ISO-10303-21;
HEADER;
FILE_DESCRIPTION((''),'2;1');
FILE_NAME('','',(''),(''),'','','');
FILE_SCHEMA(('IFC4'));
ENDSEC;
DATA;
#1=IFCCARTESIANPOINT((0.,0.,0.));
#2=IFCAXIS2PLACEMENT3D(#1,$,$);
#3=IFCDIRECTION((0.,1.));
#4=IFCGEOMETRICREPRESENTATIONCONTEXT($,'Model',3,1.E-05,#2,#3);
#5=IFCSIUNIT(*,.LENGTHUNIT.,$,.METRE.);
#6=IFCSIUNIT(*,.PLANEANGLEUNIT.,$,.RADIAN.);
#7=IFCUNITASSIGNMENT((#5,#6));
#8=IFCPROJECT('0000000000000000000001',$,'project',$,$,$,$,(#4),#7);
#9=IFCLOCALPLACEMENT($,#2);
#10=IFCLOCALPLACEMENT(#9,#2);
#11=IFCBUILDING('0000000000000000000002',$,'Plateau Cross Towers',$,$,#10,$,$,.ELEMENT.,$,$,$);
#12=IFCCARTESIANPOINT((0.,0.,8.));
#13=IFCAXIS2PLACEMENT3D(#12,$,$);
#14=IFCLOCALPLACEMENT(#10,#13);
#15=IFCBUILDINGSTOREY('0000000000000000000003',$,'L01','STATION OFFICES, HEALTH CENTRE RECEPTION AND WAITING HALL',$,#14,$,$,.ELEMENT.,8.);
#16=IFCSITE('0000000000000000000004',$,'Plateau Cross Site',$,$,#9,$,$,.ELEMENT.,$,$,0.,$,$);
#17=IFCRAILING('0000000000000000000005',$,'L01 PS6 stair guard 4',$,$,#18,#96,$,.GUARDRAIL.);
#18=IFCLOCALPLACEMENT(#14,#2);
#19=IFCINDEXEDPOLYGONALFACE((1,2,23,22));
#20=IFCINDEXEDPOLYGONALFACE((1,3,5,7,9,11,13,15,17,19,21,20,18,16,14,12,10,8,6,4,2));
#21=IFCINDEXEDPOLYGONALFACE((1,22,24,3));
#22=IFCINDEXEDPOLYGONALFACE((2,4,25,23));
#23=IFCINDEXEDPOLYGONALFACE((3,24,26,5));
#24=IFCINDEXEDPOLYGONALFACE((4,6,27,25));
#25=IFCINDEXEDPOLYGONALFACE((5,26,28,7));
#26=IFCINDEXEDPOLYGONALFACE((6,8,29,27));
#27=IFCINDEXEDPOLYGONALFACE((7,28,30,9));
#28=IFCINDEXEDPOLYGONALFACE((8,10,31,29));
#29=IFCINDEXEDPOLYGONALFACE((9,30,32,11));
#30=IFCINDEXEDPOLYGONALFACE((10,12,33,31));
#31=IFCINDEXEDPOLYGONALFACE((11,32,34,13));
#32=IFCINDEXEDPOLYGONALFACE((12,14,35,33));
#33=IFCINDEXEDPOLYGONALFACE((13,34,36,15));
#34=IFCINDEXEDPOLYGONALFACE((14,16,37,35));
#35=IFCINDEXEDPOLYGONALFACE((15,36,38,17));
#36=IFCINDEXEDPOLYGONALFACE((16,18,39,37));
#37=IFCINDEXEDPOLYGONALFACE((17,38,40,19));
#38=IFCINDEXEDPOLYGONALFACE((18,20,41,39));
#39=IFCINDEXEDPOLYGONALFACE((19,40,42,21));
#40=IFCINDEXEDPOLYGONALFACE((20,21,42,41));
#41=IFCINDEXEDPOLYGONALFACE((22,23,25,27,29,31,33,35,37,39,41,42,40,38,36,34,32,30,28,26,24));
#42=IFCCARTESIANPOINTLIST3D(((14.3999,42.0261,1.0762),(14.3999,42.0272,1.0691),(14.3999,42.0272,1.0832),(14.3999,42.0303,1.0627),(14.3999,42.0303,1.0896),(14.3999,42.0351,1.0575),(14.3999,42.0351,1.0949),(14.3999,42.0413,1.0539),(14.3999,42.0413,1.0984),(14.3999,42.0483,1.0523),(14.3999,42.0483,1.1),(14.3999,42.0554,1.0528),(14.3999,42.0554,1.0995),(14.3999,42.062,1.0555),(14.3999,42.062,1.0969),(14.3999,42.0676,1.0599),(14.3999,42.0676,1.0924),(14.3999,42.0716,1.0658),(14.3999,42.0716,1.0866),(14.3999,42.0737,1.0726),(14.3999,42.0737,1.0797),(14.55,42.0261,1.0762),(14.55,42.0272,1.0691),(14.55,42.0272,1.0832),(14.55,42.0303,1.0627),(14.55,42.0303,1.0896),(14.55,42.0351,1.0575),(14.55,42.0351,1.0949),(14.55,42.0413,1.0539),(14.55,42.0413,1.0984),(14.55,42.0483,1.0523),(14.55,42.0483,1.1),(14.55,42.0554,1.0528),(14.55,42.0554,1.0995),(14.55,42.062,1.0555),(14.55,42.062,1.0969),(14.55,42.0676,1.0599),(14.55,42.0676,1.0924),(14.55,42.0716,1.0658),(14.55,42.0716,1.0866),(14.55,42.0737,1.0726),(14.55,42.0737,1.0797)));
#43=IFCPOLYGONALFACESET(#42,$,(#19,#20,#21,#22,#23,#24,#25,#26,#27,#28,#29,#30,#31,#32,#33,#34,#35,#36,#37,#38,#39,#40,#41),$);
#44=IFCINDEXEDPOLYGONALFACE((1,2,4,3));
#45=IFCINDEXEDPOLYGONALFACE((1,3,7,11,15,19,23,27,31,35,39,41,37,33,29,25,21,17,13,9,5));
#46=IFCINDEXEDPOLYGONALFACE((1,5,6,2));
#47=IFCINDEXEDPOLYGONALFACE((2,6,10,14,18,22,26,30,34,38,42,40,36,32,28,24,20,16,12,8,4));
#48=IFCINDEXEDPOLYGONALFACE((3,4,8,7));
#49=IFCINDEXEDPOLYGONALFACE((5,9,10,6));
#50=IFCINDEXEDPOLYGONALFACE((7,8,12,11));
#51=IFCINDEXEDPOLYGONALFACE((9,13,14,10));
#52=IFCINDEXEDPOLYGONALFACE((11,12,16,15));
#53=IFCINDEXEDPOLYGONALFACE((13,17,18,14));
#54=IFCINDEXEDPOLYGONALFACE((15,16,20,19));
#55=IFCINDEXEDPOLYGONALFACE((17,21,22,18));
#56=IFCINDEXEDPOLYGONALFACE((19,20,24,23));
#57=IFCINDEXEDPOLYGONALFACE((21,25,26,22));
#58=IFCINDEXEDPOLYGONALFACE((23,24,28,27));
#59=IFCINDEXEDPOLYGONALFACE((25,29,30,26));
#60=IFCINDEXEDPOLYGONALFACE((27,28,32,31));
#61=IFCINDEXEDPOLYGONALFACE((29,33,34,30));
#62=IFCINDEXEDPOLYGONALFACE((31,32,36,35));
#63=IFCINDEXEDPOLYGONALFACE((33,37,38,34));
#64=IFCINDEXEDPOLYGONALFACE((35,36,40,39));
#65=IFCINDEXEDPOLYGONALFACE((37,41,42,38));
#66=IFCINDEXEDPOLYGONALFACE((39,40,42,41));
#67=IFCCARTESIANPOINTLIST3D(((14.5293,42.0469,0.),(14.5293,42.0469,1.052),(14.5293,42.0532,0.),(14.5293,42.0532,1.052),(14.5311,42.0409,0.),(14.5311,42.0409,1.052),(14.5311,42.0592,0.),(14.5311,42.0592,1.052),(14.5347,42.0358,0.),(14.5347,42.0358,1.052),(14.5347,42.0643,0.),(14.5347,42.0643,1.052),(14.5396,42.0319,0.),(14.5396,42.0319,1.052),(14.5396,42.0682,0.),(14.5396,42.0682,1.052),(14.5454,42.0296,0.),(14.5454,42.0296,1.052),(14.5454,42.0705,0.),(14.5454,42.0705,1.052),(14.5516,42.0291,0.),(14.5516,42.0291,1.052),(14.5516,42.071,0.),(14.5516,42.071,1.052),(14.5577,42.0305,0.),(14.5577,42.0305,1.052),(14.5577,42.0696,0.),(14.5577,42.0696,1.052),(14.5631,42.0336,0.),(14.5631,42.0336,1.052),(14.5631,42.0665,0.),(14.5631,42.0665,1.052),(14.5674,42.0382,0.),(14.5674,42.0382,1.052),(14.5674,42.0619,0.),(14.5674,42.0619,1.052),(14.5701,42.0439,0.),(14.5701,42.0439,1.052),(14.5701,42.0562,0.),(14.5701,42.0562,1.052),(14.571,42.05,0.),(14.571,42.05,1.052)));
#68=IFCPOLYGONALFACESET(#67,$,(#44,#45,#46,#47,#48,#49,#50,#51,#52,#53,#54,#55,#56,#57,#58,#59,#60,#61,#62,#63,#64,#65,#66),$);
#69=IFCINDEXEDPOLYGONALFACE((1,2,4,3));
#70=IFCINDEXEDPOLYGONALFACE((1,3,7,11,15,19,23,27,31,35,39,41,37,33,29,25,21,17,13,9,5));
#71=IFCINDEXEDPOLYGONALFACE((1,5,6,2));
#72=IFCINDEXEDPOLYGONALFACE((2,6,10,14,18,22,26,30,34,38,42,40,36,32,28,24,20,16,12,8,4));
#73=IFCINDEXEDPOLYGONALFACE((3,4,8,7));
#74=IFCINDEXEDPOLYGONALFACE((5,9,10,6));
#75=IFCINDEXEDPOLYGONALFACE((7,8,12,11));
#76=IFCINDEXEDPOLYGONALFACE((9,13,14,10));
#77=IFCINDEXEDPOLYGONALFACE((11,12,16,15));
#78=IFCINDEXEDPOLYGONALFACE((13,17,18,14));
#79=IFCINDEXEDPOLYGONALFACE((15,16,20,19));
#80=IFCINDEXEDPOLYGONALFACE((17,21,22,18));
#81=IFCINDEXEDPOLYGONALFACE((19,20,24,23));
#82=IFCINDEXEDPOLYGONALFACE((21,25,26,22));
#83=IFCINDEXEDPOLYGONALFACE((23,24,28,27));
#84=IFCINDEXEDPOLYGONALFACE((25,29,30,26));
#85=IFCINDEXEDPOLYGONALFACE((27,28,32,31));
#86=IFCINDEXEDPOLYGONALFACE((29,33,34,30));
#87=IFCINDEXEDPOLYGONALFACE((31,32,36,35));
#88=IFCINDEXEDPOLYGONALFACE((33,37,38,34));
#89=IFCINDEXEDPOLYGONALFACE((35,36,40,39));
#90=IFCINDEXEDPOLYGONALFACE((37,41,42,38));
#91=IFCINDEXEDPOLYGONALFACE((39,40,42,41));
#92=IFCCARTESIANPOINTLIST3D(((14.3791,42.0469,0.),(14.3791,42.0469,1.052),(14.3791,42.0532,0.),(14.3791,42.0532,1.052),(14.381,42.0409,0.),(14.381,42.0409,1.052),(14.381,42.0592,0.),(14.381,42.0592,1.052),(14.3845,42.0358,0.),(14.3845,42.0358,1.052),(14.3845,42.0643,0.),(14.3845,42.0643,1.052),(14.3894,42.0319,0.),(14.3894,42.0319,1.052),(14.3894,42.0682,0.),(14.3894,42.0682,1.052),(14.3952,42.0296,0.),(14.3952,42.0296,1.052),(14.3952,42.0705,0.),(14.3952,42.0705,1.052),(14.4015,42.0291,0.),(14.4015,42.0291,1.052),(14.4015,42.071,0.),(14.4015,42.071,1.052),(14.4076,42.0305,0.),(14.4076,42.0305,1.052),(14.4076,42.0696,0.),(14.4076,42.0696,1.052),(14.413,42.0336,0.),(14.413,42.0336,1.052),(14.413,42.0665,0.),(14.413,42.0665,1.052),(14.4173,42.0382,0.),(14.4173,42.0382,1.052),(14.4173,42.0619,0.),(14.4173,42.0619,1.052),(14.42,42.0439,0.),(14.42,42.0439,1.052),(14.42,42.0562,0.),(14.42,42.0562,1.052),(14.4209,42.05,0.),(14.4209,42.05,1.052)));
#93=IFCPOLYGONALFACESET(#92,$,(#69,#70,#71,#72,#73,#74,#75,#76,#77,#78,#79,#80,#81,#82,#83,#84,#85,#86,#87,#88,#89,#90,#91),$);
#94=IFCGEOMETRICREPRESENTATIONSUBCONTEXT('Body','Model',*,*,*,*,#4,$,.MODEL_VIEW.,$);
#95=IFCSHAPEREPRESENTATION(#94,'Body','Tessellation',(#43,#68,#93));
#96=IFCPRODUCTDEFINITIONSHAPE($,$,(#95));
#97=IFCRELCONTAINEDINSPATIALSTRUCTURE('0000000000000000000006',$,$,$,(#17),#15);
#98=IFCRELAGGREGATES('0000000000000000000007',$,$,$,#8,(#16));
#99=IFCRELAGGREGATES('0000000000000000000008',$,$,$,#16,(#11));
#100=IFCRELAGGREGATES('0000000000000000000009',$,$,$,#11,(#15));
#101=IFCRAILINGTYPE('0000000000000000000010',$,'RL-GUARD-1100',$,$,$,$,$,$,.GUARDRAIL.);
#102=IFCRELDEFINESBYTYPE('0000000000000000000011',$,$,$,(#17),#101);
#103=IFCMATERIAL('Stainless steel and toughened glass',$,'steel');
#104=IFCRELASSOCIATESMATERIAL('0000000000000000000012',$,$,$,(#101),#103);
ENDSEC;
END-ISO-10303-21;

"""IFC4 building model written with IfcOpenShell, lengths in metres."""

from ifc_helpers import new_model, si_unit, direction, frame, origin, origin_2d, place, context, subcontext, project, spatial, circle, extrude, material, type_object, element, save


model = new_model("IFC4")

# Units and contexts
model_context = context("Model", 3, precision=1e-05, world=origin(), true_north=direction((0.0, 1.0)))
body_context = subcontext(model_context, "Body", "Model", "MODEL_VIEW")
ifc_project = project(units=[si_unit("LENGTHUNIT", "METRE"), si_unit("PLANEANGLEUNIT", "RADIAN")], contexts=[model_context])

# Site, building, storey
site_placement = place(None, origin())
site = spatial("IfcSite", under=ifc_project, at=site_placement, Name="Plateau Cross Site", CompositionType="ELEMENT", RefElevation=0.0)
building_placement = place(site_placement, origin())
building = spatial("IfcBuilding", under=site, at=building_placement, Name="Plateau Cross Towers", CompositionType="ELEMENT")
storey_placement = place(building_placement, frame((0.0, 0.0, 8.0)))
storey = spatial("IfcBuildingStorey", under=building, at=storey_placement, Name="L01", Description="STATION OFFICES, HEALTH CENTRE RECEPTION AND WAITING HALL", CompositionType="ELEMENT", Elevation=8.0)

# Railing
ifc_material_1 = material(Name="Stainless steel and toughened glass", Category="steel")
railing_type_1 = type_object("IfcRailingType", Name="RL-GUARD-1100", PredefinedType="GUARDRAIL", material=ifc_material_1)
railing_1_placement = place(storey_placement, frame((14.55, 42.05, 0.0)))
element("IfcRailing", 1, at=railing_1_placement, inside=storey, type_object=railing_type_1, Name="L01 PS6 stair guard 4", PredefinedType="GUARDRAIL", context=body_context, shape_type="SweptSolid", body=[
    extrude(circle(Radius=0.0239, at=origin_2d()), frame((0.0, 0.0, 1.0762), z_axis=(-1.0, 0.0, 0.0), x_axis=(0.0, -1.0, 0.0)), (0.0, 0.0, 1.0), 0.1501),
    extrude(circle(Radius=0.021, at=origin_2d()), origin(), (0.0, 0.0, 1.0), 1.052),
    extrude(circle(Radius=0.021, at=origin_2d()), frame((-0.1501, 0.0, 0.0)), (0.0, 0.0, 1.0), 1.052),
])

save(model, "model.ifc")
